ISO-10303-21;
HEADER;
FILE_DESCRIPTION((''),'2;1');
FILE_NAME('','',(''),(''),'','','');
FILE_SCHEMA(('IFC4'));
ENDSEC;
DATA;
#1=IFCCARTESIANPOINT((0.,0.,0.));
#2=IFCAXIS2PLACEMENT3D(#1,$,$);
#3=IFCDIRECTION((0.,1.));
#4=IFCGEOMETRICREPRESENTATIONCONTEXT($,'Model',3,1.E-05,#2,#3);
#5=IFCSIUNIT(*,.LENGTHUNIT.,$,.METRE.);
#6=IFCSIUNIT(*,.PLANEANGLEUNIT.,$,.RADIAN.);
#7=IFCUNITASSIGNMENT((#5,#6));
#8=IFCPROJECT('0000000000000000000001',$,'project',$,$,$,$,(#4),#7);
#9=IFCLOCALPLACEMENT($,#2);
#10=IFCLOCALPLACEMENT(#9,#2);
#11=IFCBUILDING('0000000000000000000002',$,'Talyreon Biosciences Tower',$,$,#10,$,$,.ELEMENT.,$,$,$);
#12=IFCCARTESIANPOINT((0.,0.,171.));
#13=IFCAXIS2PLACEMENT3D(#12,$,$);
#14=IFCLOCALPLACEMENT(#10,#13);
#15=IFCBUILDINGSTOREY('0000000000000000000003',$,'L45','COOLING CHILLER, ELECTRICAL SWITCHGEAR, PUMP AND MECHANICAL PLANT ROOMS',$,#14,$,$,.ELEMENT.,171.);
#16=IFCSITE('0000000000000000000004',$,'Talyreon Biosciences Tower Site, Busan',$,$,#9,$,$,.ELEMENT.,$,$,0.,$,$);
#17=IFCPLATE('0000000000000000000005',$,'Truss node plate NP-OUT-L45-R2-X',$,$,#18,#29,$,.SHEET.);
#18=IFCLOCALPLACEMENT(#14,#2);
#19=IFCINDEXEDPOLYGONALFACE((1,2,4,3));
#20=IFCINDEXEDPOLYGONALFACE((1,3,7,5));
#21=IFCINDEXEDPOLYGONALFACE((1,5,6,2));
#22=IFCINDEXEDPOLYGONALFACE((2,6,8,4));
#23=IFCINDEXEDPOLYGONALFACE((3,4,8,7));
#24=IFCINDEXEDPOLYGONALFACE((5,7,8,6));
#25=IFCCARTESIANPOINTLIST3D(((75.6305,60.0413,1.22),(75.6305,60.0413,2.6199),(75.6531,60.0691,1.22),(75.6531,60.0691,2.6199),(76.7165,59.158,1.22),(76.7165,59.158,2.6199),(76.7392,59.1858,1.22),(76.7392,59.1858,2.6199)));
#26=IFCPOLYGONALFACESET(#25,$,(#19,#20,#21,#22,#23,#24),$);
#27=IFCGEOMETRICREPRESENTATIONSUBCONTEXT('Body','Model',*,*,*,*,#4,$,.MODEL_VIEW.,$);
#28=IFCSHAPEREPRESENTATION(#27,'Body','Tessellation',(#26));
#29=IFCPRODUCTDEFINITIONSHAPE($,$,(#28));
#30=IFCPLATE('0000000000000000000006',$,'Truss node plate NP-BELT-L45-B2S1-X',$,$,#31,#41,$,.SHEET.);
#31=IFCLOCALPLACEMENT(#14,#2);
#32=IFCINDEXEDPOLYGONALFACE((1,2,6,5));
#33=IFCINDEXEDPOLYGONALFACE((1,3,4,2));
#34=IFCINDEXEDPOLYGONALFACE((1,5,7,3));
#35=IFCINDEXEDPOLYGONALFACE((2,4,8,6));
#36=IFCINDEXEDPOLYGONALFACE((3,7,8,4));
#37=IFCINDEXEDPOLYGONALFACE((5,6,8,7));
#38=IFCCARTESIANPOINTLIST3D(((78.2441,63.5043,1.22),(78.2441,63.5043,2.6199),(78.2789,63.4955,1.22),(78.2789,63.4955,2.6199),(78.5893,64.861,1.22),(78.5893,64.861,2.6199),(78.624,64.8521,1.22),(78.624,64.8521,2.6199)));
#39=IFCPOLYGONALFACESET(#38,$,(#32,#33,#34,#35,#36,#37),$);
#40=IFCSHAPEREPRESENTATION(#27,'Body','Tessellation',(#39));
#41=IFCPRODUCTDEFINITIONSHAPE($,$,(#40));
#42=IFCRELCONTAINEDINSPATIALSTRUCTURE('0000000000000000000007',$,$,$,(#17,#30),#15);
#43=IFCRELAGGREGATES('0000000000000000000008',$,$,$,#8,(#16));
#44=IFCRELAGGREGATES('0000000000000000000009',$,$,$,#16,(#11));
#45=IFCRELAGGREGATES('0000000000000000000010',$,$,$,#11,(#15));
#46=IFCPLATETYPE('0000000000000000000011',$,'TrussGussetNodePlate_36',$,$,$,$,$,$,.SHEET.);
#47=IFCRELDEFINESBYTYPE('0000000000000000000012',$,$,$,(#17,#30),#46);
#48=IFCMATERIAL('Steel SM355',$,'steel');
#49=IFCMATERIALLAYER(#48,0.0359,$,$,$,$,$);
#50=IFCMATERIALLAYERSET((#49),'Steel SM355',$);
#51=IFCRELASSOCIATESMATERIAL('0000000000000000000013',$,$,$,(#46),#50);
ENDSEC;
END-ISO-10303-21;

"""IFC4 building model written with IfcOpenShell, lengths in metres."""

from ifc_helpers import new_model, si_unit, direction, frame, origin, origin_2d, place, context, subcontext, project, spatial, rectangle, extrude, material, layer, layer_set, type_object, element, save


model = new_model("IFC4")

# Units and contexts
model_context = context("Model", 3, precision=1e-05, world=origin(), true_north=direction((0.0, 1.0)))
body_context = subcontext(model_context, "Body", "Model", "MODEL_VIEW")
ifc_project = project(units=[si_unit("LENGTHUNIT", "METRE"), si_unit("PLANEANGLEUNIT", "RADIAN")], contexts=[model_context])

# Site, building, storey
site_placement = place(None, origin())
site = spatial("IfcSite", under=ifc_project, at=site_placement, Name="Talyreon Biosciences Tower Site, Busan", CompositionType="ELEMENT", RefElevation=0.0)
building_placement = place(site_placement, origin())
building = spatial("IfcBuilding", under=site, at=building_placement, Name="Talyreon Biosciences Tower", CompositionType="ELEMENT")
storey_placement = place(building_placement, frame((0.0, 0.0, 171.0)))
storey = spatial("IfcBuildingStorey", under=building, at=storey_placement, Name="L45", Description="COOLING CHILLER, ELECTRICAL SWITCHGEAR, PUMP AND MECHANICAL PLANT ROOMS", CompositionType="ELEMENT", Elevation=171.0)

# Shared definitions
ifc_material_1 = material(Name="Steel SM355", Category="steel")

# Plates
ifc_layer_1 = layer(ifc_material_1, 0.0359)
ifc_layer_set_1 = layer_set([ifc_layer_1], Name="Steel SM355")
plate_type_1 = type_object("IfcPlateType", Name="TrussGussetNodePlate_36", PredefinedType="SHEET", material=ifc_layer_set_1)
for number, where, z_axis, x_axis, name in (
    (1, (76.1848, 59.6135, 1.22), (0.0, 0.0, 1.0), (0.775804, -0.630974, 0.0), "Truss node plate NP-OUT-L45-R2-X"),
    (2, (78.4341, 64.1782, 1.22), (0.0, 0.0, 1.0), (0.246542, 0.969132, 0.0), "Truss node plate NP-BELT-L45-B2S1-X"),
):
    element("IfcPlate", number, at=place(storey_placement, frame(where, z_axis=z_axis, x_axis=x_axis)), inside=storey, type_object=plate_type_1, Name=name, PredefinedType="SHEET", context=body_context, shape_type="SweptSolid", body=[
        extrude(rectangle(XDim=1.3999, YDim=0.0359, at=origin_2d()), origin(), (0.0, 0.0, 1.0), 1.3999),
    ])

save(model, "model.ifc")
